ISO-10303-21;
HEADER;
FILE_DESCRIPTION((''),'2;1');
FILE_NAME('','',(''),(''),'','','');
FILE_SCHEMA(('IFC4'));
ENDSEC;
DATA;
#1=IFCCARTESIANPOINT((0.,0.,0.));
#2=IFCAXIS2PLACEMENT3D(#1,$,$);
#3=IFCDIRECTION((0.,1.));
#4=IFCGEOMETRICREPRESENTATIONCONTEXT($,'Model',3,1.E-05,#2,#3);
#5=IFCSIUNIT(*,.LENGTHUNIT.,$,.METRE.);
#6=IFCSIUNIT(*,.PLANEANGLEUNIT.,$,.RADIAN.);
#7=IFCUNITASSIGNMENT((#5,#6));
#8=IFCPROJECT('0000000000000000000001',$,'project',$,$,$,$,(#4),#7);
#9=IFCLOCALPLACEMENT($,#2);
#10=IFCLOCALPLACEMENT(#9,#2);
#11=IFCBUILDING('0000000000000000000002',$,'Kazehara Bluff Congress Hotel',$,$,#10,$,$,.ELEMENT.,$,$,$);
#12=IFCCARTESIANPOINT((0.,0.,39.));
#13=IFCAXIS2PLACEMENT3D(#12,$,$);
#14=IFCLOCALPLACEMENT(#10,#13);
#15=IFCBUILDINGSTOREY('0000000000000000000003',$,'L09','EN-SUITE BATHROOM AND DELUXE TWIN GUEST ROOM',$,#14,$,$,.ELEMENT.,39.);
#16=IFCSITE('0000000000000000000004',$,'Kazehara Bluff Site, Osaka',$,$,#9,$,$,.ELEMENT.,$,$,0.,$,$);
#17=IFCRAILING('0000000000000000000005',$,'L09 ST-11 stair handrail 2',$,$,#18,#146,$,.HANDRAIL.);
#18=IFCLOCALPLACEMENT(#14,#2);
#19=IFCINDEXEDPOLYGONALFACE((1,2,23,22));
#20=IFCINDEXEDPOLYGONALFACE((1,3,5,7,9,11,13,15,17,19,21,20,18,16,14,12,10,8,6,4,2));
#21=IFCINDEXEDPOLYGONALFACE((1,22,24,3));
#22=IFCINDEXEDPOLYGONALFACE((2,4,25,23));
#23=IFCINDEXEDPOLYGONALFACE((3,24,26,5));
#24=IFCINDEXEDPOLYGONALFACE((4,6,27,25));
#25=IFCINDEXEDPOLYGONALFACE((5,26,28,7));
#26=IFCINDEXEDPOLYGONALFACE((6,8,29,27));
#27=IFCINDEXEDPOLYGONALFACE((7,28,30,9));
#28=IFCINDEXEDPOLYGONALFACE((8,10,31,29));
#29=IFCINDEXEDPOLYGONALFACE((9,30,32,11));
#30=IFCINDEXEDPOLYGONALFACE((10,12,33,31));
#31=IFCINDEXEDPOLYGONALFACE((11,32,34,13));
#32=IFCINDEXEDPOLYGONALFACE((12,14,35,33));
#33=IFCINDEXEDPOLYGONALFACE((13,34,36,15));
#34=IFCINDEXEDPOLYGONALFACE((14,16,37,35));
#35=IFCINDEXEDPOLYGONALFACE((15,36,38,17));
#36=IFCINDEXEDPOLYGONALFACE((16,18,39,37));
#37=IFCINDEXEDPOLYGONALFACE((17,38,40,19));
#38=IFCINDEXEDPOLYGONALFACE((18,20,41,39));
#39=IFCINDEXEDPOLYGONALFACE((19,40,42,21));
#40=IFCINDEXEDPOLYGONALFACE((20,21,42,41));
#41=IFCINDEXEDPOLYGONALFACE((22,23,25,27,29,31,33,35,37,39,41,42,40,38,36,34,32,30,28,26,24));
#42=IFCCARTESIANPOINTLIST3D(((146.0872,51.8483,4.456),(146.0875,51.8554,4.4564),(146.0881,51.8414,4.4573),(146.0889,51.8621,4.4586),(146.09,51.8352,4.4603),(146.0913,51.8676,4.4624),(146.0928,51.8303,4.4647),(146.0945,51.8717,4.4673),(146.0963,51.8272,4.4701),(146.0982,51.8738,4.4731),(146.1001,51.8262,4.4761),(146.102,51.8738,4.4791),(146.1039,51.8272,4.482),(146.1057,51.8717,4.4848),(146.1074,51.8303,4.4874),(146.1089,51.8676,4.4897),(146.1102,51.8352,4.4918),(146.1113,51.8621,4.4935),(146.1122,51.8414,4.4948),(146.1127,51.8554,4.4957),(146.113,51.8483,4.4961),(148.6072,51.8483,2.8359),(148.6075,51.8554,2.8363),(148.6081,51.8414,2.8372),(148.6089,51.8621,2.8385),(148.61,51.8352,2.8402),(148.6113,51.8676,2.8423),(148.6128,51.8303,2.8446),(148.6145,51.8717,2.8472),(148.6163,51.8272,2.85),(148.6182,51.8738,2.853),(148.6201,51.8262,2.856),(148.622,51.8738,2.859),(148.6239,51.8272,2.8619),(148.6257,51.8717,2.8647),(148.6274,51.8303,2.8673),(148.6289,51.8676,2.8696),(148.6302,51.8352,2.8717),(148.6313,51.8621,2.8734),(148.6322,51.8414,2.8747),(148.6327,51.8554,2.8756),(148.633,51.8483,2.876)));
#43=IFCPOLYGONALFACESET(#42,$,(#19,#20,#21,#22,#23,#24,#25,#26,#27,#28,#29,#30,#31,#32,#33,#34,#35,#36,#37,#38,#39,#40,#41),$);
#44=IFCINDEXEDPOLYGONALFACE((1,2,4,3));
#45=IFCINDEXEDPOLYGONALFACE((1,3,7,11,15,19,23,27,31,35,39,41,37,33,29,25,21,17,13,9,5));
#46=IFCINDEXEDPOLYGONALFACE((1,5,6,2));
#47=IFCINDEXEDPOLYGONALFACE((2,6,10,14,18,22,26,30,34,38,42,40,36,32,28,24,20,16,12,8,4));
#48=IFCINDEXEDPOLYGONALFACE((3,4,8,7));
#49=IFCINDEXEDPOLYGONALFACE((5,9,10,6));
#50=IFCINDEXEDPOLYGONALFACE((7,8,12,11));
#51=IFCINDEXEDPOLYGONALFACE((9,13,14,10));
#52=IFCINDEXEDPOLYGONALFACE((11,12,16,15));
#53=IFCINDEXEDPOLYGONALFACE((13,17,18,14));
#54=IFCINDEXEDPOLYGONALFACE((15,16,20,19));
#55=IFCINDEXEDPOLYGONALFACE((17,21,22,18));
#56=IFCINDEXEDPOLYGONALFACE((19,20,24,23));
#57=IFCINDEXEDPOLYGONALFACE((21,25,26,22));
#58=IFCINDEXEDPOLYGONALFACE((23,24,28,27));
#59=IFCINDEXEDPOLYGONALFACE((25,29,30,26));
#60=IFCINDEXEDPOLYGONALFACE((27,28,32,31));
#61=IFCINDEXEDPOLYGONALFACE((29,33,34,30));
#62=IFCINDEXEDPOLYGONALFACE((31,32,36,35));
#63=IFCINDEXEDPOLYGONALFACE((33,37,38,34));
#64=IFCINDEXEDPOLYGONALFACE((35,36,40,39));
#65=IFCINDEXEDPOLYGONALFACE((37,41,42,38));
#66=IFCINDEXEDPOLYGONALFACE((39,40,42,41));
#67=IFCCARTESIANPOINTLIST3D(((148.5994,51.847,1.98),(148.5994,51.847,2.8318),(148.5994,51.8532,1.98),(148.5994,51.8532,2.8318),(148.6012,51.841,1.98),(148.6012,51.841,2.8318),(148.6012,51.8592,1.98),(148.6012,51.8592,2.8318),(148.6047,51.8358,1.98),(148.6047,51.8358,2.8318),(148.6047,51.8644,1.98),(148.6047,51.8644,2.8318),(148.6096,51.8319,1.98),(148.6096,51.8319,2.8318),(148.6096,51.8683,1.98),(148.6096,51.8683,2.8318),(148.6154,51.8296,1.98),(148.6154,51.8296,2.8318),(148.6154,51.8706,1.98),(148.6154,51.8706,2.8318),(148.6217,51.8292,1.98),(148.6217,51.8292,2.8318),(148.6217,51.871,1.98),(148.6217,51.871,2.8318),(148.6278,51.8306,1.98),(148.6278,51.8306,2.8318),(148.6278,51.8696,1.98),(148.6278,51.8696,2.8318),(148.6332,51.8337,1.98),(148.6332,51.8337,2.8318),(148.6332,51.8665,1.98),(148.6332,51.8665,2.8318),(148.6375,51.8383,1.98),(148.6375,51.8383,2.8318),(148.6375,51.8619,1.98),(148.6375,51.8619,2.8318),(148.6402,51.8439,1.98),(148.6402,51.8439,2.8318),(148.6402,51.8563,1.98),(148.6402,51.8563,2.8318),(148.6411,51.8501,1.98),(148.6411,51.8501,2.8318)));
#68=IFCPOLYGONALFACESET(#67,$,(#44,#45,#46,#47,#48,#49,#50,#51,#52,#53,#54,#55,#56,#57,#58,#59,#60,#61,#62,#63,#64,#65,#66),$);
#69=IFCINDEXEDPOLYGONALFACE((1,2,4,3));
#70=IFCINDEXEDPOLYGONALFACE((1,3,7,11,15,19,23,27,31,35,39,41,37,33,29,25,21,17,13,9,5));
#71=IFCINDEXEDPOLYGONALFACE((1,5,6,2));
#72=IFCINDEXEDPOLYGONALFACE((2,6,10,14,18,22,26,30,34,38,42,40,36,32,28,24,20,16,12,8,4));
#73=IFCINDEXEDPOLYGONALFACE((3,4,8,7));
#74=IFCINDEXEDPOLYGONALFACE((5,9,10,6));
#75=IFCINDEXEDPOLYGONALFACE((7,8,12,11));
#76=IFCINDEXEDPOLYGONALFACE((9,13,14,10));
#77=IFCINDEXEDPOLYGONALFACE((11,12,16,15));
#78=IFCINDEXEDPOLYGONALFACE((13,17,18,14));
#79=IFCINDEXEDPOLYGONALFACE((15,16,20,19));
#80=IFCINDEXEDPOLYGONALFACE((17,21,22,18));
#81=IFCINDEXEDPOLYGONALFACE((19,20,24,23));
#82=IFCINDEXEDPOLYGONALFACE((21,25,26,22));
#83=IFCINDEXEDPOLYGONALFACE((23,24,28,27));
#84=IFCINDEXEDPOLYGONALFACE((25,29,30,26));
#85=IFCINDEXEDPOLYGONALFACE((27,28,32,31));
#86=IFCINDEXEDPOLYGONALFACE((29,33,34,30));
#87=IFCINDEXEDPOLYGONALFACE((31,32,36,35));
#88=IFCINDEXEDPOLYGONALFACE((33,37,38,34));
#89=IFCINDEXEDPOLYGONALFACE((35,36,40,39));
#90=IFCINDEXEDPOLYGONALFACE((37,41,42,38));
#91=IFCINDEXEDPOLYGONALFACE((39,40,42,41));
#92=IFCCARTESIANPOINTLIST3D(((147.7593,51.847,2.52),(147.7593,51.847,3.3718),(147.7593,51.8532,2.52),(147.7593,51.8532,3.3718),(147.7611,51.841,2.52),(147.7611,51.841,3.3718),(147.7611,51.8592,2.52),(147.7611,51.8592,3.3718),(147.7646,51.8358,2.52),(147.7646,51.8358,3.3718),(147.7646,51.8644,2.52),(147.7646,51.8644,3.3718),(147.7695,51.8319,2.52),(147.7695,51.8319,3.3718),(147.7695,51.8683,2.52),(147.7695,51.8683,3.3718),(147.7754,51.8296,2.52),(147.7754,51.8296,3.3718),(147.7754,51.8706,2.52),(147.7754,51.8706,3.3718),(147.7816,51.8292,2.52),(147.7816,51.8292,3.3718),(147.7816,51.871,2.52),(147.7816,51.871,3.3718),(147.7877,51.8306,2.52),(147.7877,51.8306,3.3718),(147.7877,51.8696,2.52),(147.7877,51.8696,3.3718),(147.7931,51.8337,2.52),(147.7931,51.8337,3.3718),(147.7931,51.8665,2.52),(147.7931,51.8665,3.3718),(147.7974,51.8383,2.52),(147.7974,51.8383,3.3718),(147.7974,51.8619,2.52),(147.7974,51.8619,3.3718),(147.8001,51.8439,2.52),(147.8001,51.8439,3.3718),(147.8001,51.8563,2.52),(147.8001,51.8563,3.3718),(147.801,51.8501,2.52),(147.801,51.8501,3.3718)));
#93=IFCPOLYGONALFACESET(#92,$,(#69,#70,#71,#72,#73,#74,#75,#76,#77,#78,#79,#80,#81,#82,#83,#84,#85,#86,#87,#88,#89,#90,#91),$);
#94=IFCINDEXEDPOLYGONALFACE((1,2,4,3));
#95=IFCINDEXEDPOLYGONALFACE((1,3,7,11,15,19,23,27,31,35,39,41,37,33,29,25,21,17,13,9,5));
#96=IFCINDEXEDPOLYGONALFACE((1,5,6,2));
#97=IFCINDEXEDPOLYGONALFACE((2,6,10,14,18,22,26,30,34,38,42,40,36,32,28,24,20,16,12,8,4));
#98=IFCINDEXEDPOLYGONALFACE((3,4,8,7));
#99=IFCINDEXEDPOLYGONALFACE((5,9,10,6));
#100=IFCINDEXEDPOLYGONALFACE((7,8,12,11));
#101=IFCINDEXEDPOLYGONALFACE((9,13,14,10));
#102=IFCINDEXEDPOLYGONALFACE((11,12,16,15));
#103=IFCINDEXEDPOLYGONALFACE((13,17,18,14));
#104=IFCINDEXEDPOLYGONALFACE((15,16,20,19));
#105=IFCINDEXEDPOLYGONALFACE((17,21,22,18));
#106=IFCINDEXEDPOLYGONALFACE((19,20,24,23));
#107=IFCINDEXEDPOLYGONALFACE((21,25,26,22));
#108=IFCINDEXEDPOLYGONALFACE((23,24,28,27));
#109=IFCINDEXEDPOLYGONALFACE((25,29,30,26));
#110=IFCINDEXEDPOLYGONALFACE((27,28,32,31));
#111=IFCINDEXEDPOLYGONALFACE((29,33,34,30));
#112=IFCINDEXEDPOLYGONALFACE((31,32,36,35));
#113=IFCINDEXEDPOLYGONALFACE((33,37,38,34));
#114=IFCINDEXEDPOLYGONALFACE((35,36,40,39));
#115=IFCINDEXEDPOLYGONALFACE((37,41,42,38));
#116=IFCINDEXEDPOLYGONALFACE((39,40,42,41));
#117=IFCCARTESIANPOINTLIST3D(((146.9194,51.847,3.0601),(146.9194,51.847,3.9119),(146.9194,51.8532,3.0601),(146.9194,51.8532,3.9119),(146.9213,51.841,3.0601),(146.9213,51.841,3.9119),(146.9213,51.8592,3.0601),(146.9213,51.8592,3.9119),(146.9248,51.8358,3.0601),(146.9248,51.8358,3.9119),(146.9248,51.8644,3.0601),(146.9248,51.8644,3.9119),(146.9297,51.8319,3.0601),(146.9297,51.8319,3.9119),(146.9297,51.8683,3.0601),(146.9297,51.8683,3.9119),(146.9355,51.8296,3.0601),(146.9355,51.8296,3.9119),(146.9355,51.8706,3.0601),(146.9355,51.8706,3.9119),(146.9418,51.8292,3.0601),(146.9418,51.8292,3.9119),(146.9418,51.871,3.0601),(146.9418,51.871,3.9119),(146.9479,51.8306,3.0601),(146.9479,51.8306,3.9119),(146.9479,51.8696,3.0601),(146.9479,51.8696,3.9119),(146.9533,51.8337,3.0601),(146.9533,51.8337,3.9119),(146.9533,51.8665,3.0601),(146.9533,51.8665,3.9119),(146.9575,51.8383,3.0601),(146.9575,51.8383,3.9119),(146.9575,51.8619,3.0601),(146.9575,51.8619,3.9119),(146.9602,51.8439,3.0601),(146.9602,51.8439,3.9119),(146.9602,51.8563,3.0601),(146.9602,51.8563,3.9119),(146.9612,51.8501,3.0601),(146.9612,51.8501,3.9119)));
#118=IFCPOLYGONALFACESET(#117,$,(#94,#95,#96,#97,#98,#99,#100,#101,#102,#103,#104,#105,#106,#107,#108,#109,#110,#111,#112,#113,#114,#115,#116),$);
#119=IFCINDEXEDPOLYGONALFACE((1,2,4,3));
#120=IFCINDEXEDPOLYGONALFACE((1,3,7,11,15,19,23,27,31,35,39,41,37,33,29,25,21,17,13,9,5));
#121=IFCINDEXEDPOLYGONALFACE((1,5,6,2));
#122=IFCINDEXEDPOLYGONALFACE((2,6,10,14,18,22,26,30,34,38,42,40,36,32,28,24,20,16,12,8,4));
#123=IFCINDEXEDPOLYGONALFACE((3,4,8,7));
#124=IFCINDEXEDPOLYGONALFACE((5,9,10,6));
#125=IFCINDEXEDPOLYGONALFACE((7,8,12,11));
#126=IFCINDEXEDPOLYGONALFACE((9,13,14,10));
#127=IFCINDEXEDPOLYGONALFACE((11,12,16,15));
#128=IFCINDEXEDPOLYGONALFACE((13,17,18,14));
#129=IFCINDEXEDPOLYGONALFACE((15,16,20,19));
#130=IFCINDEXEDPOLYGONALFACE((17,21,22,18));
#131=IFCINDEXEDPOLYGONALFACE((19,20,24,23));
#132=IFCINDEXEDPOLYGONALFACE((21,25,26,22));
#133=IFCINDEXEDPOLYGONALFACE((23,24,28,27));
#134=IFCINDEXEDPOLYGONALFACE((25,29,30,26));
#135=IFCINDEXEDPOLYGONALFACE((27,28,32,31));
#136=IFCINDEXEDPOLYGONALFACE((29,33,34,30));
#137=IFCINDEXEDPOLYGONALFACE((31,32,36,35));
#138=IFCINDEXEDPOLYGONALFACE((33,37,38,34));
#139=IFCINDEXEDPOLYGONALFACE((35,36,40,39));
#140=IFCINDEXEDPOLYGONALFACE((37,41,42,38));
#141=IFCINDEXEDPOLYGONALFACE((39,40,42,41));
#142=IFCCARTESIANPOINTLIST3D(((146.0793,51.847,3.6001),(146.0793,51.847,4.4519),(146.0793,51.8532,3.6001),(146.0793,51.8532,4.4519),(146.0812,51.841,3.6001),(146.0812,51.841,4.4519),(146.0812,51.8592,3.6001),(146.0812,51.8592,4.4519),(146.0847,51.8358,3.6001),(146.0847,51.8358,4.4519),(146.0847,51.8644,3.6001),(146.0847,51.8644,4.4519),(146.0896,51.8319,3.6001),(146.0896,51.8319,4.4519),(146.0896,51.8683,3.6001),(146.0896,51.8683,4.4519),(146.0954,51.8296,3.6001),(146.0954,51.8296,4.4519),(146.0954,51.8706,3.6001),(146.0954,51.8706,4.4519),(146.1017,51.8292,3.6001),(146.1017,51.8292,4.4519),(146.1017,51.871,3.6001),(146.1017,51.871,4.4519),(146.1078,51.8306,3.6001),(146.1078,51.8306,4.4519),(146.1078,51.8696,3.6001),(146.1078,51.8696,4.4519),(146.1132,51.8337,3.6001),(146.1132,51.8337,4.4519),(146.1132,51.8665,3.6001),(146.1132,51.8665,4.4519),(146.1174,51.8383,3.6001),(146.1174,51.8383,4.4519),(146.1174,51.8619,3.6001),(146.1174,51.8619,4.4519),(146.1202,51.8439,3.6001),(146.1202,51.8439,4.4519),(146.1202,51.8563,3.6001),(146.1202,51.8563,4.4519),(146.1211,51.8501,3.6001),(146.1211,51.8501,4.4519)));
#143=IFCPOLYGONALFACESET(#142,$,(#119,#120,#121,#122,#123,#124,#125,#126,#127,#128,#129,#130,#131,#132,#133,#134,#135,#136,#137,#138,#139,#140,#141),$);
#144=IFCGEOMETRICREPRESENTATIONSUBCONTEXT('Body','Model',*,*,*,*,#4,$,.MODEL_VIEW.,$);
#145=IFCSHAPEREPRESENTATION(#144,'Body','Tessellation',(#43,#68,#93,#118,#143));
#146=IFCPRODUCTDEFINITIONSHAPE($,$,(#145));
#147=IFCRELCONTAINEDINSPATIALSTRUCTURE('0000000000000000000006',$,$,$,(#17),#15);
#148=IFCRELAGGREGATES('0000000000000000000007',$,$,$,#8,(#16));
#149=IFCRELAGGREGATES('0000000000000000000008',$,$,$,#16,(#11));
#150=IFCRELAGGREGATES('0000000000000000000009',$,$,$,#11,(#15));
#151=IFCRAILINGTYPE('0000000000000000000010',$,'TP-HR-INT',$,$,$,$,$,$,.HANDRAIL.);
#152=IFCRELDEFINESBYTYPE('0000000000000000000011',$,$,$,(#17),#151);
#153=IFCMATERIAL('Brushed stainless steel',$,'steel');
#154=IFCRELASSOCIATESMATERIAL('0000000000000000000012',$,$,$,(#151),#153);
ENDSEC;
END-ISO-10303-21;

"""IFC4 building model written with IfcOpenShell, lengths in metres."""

from ifc_helpers import new_model, si_unit, direction, frame, origin, origin_2d, place, context, subcontext, project, spatial, circle, extrude, material, type_object, element, save


model = new_model("IFC4")

# Units and contexts
model_context = context("Model", 3, precision=1e-05, world=origin(), true_north=direction((0.0, 1.0)))
body_context = subcontext(model_context, "Body", "Model", "MODEL_VIEW")
ifc_project = project(units=[si_unit("LENGTHUNIT", "METRE"), si_unit("PLANEANGLEUNIT", "RADIAN")], contexts=[model_context])

# Site, building, storey
site_placement = place(None, origin())
site = spatial("IfcSite", under=ifc_project, at=site_placement, Name="Kazehara Bluff Site, Osaka", CompositionType="ELEMENT", RefElevation=0.0)
building_placement = place(site_placement, origin())
building = spatial("IfcBuilding", under=site, at=building_placement, Name="Kazehara Bluff Congress Hotel", CompositionType="ELEMENT")
storey_placement = place(building_placement, frame((0.0, 0.0, 39.0)))
storey = spatial("IfcBuildingStorey", under=building, at=storey_placement, Name="L09", Description="EN-SUITE BATHROOM AND DELUXE TWIN GUEST ROOM", CompositionType="ELEMENT", Elevation=39.0)

# Railing
ifc_material_1 = material(Name="Brushed stainless steel", Category="steel")
railing_type_1 = type_object("IfcRailingType", Name="TP-HR-INT", PredefinedType="HANDRAIL", material=ifc_material_1)
railing_1_placement = place(storey_placement, frame((148.6201, 51.8501, 1.98)))
element("IfcRailing", 1, at=railing_1_placement, inside=storey, type_object=railing_type_1, Name="L09 ST-11 stair handrail 2", PredefinedType="HANDRAIL", context=body_context, shape_type="SweptSolid", body=[
    extrude(circle(Radius=0.0239, at=origin_2d()), frame((0.0, 0.0, 0.876), z_axis=(-0.841163, 0.0, 0.540782), x_axis=(0.0, -1.0, 0.0)), (0.0, 0.0, 1.0), 2.9958),
    extrude(circle(Radius=0.021, at=origin_2d()), origin(), (0.0, 0.0, 1.0), 0.8518),
    extrude(circle(Radius=0.021, at=origin_2d()), frame((-0.8401, 0.0, 0.54)), (0.0, 0.0, 1.0), 0.8518),
    extrude(circle(Radius=0.021, at=origin_2d()), frame((-1.6799, 0.0, 1.0801)), (0.0, 0.0, 1.0), 0.8518),
    extrude(circle(Radius=0.021, at=origin_2d()), frame((-2.52, 0.0, 1.6201)), (0.0, 0.0, 1.0), 0.8518),
])

save(model, "model.ifc")
